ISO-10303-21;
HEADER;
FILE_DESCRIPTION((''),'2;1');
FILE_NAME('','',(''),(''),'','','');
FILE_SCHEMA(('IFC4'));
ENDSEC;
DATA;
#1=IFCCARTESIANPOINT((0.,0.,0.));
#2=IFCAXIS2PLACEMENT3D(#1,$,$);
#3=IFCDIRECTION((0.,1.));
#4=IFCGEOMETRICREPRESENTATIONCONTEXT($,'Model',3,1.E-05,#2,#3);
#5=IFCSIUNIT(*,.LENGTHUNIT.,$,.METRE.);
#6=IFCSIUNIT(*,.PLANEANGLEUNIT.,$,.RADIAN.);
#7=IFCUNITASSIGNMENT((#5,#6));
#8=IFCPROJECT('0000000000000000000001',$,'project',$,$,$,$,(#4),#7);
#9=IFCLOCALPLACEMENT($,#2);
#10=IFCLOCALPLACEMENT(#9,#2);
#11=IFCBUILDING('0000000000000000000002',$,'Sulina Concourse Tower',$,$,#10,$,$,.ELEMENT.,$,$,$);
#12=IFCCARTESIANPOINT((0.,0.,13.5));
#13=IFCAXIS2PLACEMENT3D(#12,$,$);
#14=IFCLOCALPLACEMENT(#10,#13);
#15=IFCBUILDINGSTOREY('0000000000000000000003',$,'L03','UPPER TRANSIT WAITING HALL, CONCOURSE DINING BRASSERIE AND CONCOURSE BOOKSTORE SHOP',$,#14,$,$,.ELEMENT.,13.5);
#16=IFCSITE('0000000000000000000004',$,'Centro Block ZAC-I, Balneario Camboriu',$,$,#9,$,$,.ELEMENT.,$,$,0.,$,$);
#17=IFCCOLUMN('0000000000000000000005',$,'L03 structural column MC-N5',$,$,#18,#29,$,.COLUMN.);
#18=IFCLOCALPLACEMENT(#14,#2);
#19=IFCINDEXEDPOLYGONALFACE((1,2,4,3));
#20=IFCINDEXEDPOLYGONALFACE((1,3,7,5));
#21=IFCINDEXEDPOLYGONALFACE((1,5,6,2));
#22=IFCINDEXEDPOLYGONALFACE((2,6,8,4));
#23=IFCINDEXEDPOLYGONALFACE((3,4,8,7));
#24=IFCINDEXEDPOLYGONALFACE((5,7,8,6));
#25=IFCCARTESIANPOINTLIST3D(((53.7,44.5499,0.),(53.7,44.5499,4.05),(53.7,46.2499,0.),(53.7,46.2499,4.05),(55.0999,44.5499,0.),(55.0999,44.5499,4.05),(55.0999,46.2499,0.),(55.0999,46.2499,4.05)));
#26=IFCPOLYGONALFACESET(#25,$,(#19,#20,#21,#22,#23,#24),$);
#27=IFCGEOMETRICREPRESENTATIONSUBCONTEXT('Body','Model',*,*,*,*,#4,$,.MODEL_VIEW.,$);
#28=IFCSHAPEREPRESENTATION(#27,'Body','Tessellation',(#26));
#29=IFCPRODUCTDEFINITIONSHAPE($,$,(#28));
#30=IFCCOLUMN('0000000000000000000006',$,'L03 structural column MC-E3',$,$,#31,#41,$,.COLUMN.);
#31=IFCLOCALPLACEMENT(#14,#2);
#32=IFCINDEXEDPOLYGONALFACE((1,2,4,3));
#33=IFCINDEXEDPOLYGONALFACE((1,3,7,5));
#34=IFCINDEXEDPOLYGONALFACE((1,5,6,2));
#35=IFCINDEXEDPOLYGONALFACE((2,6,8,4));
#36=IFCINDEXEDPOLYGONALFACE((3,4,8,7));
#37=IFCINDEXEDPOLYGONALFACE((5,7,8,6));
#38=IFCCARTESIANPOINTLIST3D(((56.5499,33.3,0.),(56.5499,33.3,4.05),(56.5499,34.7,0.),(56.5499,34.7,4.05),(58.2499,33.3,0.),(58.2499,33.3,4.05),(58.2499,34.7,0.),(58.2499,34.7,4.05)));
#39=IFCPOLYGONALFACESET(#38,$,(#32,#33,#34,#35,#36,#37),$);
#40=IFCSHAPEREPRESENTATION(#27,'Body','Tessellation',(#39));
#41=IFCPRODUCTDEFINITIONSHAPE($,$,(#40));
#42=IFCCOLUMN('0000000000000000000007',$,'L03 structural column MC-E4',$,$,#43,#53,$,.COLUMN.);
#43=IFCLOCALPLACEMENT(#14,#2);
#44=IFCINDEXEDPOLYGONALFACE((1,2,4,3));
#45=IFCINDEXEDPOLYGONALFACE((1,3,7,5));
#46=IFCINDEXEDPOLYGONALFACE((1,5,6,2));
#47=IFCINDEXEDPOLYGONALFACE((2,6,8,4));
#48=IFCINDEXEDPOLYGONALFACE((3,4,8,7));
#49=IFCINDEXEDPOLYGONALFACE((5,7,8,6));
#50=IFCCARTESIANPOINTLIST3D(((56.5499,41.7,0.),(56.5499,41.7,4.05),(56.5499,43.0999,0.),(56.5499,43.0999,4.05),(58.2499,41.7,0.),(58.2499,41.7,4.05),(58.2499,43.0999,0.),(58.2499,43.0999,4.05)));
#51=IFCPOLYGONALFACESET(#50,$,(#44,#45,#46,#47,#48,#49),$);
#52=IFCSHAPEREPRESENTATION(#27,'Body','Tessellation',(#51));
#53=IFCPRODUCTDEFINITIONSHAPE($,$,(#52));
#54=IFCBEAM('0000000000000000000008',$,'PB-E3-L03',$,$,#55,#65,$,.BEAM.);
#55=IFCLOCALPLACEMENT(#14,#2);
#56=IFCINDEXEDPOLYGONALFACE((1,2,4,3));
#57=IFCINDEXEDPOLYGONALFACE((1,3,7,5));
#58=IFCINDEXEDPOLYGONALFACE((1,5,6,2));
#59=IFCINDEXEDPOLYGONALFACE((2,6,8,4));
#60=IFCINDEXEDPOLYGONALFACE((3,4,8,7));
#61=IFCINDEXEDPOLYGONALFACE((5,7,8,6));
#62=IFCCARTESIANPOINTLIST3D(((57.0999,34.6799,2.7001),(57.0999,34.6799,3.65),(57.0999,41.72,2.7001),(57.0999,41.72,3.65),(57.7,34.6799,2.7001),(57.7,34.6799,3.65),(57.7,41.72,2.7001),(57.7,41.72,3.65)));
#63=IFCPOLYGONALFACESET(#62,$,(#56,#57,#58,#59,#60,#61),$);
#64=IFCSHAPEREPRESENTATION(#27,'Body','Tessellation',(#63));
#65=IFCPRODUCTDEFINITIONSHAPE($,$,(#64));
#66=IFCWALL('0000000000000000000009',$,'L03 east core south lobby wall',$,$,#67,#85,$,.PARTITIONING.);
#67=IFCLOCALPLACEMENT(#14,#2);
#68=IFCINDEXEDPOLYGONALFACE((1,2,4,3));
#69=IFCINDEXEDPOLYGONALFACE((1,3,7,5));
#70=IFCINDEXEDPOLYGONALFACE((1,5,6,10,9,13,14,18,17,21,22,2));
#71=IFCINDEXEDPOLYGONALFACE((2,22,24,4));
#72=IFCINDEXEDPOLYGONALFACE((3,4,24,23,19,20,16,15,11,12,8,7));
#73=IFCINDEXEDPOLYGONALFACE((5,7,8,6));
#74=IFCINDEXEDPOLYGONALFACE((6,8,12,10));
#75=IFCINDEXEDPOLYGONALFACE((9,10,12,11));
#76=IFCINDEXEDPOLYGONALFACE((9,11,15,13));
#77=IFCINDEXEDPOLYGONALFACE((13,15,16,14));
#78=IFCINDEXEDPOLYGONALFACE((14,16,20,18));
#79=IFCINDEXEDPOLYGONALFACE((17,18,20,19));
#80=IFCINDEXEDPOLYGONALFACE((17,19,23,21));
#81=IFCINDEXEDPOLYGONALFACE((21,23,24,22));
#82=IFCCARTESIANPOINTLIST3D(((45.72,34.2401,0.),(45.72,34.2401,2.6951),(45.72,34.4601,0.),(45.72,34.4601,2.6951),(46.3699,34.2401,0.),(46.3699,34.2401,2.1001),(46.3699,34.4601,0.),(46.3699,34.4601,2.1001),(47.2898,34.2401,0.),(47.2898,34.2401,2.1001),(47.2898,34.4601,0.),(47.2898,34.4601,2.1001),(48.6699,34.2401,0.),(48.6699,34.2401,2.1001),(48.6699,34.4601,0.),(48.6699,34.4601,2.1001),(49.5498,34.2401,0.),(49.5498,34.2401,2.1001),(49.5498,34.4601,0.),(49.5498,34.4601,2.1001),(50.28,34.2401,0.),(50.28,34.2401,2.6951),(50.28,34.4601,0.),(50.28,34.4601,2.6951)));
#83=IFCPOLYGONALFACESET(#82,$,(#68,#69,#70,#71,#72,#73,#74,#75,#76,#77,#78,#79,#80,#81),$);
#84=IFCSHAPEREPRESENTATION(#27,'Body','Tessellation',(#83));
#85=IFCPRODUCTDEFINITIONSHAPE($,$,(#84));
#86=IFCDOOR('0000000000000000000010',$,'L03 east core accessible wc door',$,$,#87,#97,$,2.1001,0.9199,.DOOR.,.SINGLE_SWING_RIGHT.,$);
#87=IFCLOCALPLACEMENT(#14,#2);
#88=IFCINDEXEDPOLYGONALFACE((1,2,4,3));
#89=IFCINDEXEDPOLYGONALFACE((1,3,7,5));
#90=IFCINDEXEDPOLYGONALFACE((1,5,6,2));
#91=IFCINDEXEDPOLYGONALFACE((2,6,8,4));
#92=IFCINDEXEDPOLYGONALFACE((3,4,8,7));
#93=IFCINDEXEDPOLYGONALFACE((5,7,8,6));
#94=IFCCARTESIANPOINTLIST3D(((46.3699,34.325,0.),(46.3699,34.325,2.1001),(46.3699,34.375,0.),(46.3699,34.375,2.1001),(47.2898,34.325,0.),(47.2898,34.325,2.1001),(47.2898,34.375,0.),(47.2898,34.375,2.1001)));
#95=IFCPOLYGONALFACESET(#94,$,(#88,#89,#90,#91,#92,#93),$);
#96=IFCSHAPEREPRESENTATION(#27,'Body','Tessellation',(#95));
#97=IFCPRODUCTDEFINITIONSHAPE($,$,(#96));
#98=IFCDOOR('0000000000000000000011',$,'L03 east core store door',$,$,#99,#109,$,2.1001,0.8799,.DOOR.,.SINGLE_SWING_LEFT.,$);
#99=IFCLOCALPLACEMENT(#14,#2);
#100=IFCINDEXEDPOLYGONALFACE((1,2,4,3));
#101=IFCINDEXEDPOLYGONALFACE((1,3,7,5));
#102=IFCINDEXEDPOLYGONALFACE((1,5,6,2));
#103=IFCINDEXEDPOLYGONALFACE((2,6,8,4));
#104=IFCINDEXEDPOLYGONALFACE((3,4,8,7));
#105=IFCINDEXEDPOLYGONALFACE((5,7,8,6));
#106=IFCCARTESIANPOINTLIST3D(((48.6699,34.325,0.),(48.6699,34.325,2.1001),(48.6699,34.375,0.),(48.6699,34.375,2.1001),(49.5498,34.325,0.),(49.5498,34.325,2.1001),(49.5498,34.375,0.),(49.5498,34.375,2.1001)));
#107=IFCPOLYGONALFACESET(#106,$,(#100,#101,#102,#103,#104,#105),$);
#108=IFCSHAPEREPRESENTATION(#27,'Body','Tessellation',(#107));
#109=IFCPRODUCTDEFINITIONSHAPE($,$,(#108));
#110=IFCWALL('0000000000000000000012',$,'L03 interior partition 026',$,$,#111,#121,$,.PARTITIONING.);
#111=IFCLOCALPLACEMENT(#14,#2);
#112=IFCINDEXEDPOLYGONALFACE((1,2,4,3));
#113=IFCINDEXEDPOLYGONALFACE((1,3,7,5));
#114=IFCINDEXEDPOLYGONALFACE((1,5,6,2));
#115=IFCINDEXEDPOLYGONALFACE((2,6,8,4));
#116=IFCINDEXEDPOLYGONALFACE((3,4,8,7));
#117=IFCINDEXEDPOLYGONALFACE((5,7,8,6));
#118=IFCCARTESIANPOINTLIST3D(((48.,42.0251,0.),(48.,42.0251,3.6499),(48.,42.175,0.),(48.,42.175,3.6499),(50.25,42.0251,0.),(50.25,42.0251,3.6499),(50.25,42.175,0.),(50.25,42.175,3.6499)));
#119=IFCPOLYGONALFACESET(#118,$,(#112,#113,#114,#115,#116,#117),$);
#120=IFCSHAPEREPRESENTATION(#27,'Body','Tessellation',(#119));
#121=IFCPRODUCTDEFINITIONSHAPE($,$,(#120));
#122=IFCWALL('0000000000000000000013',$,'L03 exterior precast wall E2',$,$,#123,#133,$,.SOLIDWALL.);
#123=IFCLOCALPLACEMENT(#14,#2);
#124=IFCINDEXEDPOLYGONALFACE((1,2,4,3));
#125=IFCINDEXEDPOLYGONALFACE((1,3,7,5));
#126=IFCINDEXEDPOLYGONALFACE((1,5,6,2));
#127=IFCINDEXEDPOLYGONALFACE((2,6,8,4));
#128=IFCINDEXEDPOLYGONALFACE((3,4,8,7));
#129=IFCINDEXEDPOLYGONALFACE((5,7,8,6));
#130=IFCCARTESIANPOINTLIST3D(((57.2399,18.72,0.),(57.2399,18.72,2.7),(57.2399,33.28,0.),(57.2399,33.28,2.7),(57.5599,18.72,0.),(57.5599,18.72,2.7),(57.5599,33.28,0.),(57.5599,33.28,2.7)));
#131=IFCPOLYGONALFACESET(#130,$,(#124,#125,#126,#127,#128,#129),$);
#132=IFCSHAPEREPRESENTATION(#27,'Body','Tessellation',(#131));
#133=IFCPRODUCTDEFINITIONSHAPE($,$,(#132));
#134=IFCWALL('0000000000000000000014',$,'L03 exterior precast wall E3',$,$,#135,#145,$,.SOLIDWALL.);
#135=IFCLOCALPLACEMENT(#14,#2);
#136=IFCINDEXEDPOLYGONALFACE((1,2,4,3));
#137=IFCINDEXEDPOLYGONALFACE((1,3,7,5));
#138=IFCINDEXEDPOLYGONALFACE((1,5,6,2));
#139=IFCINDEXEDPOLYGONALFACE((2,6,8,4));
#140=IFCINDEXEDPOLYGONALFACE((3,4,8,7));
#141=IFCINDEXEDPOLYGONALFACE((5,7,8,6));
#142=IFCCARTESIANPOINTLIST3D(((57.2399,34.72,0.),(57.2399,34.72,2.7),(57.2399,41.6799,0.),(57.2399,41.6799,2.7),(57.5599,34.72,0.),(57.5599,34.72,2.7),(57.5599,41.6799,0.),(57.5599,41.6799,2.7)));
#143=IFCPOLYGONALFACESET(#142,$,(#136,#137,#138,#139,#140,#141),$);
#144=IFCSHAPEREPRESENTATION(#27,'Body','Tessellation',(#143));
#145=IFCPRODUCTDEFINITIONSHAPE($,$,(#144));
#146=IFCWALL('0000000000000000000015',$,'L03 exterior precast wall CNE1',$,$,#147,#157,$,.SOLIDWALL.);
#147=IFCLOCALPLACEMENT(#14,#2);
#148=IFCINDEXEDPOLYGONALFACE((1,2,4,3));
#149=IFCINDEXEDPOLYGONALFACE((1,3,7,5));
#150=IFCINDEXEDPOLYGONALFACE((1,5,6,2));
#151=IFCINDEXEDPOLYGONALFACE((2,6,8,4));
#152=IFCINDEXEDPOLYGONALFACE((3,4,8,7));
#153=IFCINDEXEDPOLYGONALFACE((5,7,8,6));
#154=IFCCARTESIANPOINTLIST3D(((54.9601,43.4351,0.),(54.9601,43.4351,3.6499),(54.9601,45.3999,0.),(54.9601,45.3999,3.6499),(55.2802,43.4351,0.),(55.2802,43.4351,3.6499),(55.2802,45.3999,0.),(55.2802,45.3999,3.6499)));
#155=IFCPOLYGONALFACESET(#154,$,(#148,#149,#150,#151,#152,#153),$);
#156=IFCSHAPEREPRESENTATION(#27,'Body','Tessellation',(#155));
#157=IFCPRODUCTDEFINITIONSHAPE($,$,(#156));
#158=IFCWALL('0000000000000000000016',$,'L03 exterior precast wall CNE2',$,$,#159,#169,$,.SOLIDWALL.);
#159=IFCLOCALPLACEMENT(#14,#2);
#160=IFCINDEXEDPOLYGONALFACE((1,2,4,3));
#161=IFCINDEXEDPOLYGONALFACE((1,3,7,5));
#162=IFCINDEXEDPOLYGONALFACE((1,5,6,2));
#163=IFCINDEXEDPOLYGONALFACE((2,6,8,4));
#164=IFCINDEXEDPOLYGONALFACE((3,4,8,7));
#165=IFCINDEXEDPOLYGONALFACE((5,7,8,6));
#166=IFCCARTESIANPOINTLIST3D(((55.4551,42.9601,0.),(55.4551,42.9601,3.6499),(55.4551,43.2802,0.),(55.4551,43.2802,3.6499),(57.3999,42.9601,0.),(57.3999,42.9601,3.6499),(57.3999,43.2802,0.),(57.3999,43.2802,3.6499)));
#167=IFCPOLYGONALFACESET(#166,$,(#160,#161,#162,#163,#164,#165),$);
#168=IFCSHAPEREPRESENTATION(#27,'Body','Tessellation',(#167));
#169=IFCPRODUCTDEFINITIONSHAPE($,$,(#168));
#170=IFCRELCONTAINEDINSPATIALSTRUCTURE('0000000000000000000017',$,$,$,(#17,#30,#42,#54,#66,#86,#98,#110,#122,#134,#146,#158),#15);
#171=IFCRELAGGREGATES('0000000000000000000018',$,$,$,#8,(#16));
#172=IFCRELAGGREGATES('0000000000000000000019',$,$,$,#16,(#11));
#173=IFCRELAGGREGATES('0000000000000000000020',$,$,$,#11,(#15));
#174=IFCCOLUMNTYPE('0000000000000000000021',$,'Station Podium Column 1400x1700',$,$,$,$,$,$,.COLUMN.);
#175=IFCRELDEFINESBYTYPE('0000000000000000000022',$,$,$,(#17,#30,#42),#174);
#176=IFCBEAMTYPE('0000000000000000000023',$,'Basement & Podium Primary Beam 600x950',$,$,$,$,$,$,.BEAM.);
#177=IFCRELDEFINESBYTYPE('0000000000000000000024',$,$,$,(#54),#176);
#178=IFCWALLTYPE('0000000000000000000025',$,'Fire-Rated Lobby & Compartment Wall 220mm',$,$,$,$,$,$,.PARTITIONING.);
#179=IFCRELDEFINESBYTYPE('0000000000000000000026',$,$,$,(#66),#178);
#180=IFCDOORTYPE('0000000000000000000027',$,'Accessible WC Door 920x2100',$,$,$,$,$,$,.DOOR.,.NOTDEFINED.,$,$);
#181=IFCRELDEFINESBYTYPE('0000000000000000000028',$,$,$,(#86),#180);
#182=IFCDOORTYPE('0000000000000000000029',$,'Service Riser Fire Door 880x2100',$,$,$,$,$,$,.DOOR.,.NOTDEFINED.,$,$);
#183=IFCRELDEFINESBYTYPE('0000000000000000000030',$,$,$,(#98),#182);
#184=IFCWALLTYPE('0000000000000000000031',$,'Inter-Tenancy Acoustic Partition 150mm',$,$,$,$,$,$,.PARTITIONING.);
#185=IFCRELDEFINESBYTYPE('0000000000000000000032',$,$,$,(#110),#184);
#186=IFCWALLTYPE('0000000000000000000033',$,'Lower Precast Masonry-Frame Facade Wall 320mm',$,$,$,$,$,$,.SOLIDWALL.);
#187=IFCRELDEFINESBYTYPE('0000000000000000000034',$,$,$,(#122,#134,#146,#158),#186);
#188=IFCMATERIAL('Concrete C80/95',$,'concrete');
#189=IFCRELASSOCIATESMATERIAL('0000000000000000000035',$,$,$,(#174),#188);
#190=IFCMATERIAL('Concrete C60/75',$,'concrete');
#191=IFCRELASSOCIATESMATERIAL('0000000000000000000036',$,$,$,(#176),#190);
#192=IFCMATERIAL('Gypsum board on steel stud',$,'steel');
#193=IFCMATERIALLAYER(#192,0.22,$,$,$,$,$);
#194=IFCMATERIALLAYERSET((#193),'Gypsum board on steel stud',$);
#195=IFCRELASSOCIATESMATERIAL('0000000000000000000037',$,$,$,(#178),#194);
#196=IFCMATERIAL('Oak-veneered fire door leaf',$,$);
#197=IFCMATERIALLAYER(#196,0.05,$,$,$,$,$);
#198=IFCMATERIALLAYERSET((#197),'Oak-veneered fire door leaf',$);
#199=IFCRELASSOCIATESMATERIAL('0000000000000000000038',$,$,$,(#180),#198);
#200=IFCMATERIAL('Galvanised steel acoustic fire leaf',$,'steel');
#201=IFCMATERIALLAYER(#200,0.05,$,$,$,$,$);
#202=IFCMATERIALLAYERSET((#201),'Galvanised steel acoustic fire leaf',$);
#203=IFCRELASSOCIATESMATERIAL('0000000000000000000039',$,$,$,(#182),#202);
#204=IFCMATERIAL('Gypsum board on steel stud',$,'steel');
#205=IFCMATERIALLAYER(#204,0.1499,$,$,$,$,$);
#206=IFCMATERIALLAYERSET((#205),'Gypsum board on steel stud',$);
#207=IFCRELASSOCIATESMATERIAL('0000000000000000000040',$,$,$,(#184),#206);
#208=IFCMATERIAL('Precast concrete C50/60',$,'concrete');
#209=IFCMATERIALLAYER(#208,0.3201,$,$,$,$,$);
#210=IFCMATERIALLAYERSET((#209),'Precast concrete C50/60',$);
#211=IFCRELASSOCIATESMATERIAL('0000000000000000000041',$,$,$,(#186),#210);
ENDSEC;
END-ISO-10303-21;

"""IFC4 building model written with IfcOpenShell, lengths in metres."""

from ifc_helpers import new_model, si_unit, direction, frame, frame_2d, origin, origin_2d, place, context, subcontext, project, spatial, rectangle, extrude, material, layer, layer_set, material_profile, profile_set, type_object, element, fill, save


model = new_model("IFC4")

# Units and contexts
model_context = context("Model", 3, precision=1e-05, world=origin(), true_north=direction((0.0, 1.0)))
body_context = subcontext(model_context, "Body", "Model", "MODEL_VIEW")
ifc_project = project(units=[si_unit("LENGTHUNIT", "METRE"), si_unit("PLANEANGLEUNIT", "RADIAN")], contexts=[model_context])

# Site, building, storey
site_placement = place(None, origin())
site = spatial("IfcSite", under=ifc_project, at=site_placement, Name="Centro Block ZAC-I, Balneario Camboriu", CompositionType="ELEMENT", RefElevation=0.0)
building_placement = place(site_placement, origin())
building = spatial("IfcBuilding", under=site, at=building_placement, Name="Sulina Concourse Tower", CompositionType="ELEMENT")
storey_placement = place(building_placement, frame((0.0, 0.0, 13.5)))
storey = spatial("IfcBuildingStorey", under=building, at=storey_placement, Name="L03", Description="UPPER TRANSIT WAITING HALL, CONCOURSE DINING BRASSERIE AND CONCOURSE BOOKSTORE SHOP", CompositionType="ELEMENT", Elevation=13.5)

# Columns
ifc_material_1 = material(Name="Concrete C80/95", Category="concrete")
ifc_material_profile_1 = material_profile(ifc_material_1, rectangle(XDim=1.3999, YDim=1.7, at=origin_2d()), Name="RC 1400x1700")
ifc_profile_set_1 = profile_set([ifc_material_profile_1], Name="Concrete C80/95")
column_type = type_object("IfcColumnType", Name="Station Podium Column 1400x1700", PredefinedType="COLUMN", material=ifc_profile_set_1)
for number, where, z_axis, x_axis, name in (
    (1, (54.3999, 45.3999, 0.0), (0.0, 0.0, 1.0), (1.0, 0.0, 0.0), "L03 structural column MC-N5"),
    (2, (57.3999, 34.0, 0.0), (0.0, 0.0, 1.0), (0.0, 1.0, 0.0), "L03 structural column MC-E3"),
    (3, (57.3999, 42.3999, 0.0), (0.0, 0.0, 1.0), (0.0, 1.0, 0.0), "L03 structural column MC-E4"),
):
    element("IfcColumn", number, at=place(storey_placement, frame(where, z_axis=z_axis, x_axis=x_axis)), inside=storey, type_object=column_type, Name=name, PredefinedType="COLUMN", context=body_context, shape_type="SweptSolid", body=[
        extrude(rectangle(XDim=1.3999, YDim=1.7, at=origin_2d()), origin(), (0.0, 0.0, 1.0), 4.05),
    ])

# Beam
ifc_material_2 = material(Name="Concrete C60/75", Category="concrete")
ifc_material_profile_2 = material_profile(ifc_material_2, rectangle(XDim=0.6001, YDim=0.95, at=origin_2d()), Name="RC 600x950")
ifc_profile_set_2 = profile_set([ifc_material_profile_2], Name="Concrete C60/75")
beam_type = type_object("IfcBeamType", Name="Basement & Podium Primary Beam 600x950", PredefinedType="BEAM", material=ifc_profile_set_2)
beam_placement = place(storey_placement, frame((57.3999, 34.6799, 3.175), z_axis=(0.0, 1.0, 0.0), x_axis=(-1.0, 0.0, 0.0)))
element("IfcBeam", 4, at=beam_placement, inside=storey, type_object=beam_type, Name="PB-E3-L03", PredefinedType="BEAM", context=body_context, shape_type="SweptSolid", body=[
    extrude(rectangle(XDim=0.6001, YDim=0.95, at=origin_2d()), origin(), (0.0, 0.0, 1.0), 7.04),
])

# Wall, openings, doors
ifc_material_3 = material(Name="Gypsum board on steel stud", Category="steel")
ifc_layer_1 = layer(ifc_material_3, 0.22)
ifc_layer_set_1 = layer_set([ifc_layer_1], Name="Gypsum board on steel stud")
wall_type_1 = type_object("IfcWallType", Name="Fire-Rated Lobby & Compartment Wall 220mm", PredefinedType="PARTITIONING", material=ifc_layer_set_1)
wall_1_placement = place(storey_placement, frame((45.72, 34.3501, 0.0), z_axis=(0.0, 0.0, 1.0), x_axis=(1.0, 0.0, 0.0)))
wall_1 = element("IfcWall", 5, at=wall_1_placement, inside=storey, type_object=wall_type_1, Name="L03 east core south lobby wall", PredefinedType="PARTITIONING", context=body_context, shape_type="SweptSolid", body=[
    extrude(rectangle(XDim=4.5601, YDim=0.22, at=frame_2d((2.28, 0.0))), origin(), (0.0, 0.0, 1.0), 2.6951),
])
opening_1_placement = place(wall_1_placement, frame((0.6499, 0.0, 0.0)))
opening_1 = element("IfcOpeningElement", 6, at=opening_1_placement, cuts=wall_1, PredefinedType="OPENING", context=body_context, shape_type="SweptSolid", body=[
    extrude(rectangle(XDim=0.9199, YDim=2.1001, at=frame_2d((0.46, 1.05))), frame((0.0, 0.1199, 0.0), z_axis=(0.0, -1.0, 0.0), x_axis=(1.0, 0.0, 0.0)), (0.0, 0.0, 1.0), 0.24),
])
opening_2_placement = place(wall_1_placement, frame((2.95, 0.0, 0.0)))
opening_2 = element("IfcOpeningElement", 7, at=opening_2_placement, cuts=wall_1, PredefinedType="OPENING", context=body_context, shape_type="SweptSolid", body=[
    extrude(rectangle(XDim=0.8799, YDim=2.1001, at=frame_2d((0.4399, 1.05))), frame((0.0, 0.1199, 0.0), z_axis=(0.0, -1.0, 0.0), x_axis=(1.0, 0.0, 0.0)), (0.0, 0.0, 1.0), 0.24),
])
ifc_material_4 = material(Name="Oak-veneered fire door leaf")
ifc_layer_2 = layer(ifc_material_4, 0.05)
ifc_layer_set_2 = layer_set([ifc_layer_2], Name="Oak-veneered fire door leaf")
door_type_1 = type_object("IfcDoorType", Name="Accessible WC Door 920x2100", OperationType="NOTDEFINED", PredefinedType="DOOR", material=ifc_layer_set_2)
door_1_placement = place(opening_1_placement, origin())
door_1 = element("IfcDoor", 8, at=door_1_placement, inside=storey, type_object=door_type_1, Name="L03 east core accessible wc door", OperationType="SINGLE_SWING_RIGHT", OverallHeight=2.1001, OverallWidth=0.9199, PredefinedType="DOOR", context=body_context, shape_type="SweptSolid", body=[
    extrude(rectangle(XDim=0.9199, YDim=2.1001, at=frame_2d((0.46, 1.05))), frame((0.0, 0.0249, 0.0), z_axis=(0.0, -1.0, 0.0), x_axis=(1.0, 0.0, 0.0)), (0.0, 0.0, 1.0), 0.05),
])
fill(opening_1, door_1)
ifc_material_5 = material(Name="Galvanised steel acoustic fire leaf", Category="steel")
ifc_layer_3 = layer(ifc_material_5, 0.05)
ifc_layer_set_3 = layer_set([ifc_layer_3], Name="Galvanised steel acoustic fire leaf")
door_type_2 = type_object("IfcDoorType", Name="Service Riser Fire Door 880x2100", OperationType="NOTDEFINED", PredefinedType="DOOR", material=ifc_layer_set_3)
door_2_placement = place(opening_2_placement, origin())
door_2 = element("IfcDoor", 9, at=door_2_placement, inside=storey, type_object=door_type_2, Name="L03 east core store door", OperationType="SINGLE_SWING_LEFT", OverallHeight=2.1001, OverallWidth=0.8799, PredefinedType="DOOR", context=body_context, shape_type="SweptSolid", body=[
    extrude(rectangle(XDim=0.8799, YDim=2.1001, at=frame_2d((0.4399, 1.05))), frame((0.0, 0.0249, 0.0), z_axis=(0.0, -1.0, 0.0), x_axis=(1.0, 0.0, 0.0)), (0.0, 0.0, 1.0), 0.05),
])
fill(opening_2, door_2)

# Walls
ifc_material_6 = material(Name="Gypsum board on steel stud", Category="steel")
ifc_layer_4 = layer(ifc_material_6, 0.1499)
ifc_layer_set_4 = layer_set([ifc_layer_4], Name="Gypsum board on steel stud")
wall_type_2 = type_object("IfcWallType", Name="Inter-Tenancy Acoustic Partition 150mm", PredefinedType="PARTITIONING", material=ifc_layer_set_4)
wall_2_placement = place(storey_placement, frame((48.0, 42.1001, 0.0), z_axis=(0.0, 0.0, 1.0), x_axis=(1.0, 0.0, 0.0)))
element("IfcWall", 10, at=wall_2_placement, inside=storey, type_object=wall_type_2, Name="L03 interior partition 026", PredefinedType="PARTITIONING", context=body_context, shape_type="SweptSolid", body=[
    extrude(rectangle(XDim=2.25, YDim=0.1499, at=frame_2d((1.125, 0.0))), origin(), (0.0, 0.0, 1.0), 3.6499),
])
ifc_material_7 = material(Name="Precast concrete C50/60", Category="concrete")
ifc_layer_5 = layer(ifc_material_7, 0.3201)
ifc_layer_set_5 = layer_set([ifc_layer_5], Name="Precast concrete C50/60")
wall_type_3 = type_object("IfcWallType", Name="Lower Precast Masonry-Frame Facade Wall 320mm", PredefinedType="SOLIDWALL", material=ifc_layer_set_5)
wall_3_placement = place(storey_placement, frame((57.3999, 33.28, 0.0), z_axis=(0.0, 0.0, 1.0), x_axis=(0.0, -1.0, 0.0)))
element("IfcWall", 11, at=wall_3_placement, inside=storey, type_object=wall_type_3, Name="L03 exterior precast wall E2", PredefinedType="SOLIDWALL", context=body_context, shape_type="SweptSolid", body=[
    extrude(rectangle(XDim=14.5601, YDim=0.3201, at=frame_2d((7.28, 0.0))), origin(), (0.0, 0.0, 1.0), 2.7),
])
wall_4_placement = place(storey_placement, frame((57.3999, 41.6799, 0.0), z_axis=(0.0, 0.0, 1.0), x_axis=(0.0, -1.0, 0.0)))
element("IfcWall", 12, at=wall_4_placement, inside=storey, type_object=wall_type_3, Name="L03 exterior precast wall E3", PredefinedType="SOLIDWALL", context=body_context, shape_type="SweptSolid", body=[
    extrude(rectangle(XDim=6.96, YDim=0.3201, at=frame_2d((3.48, 0.0))), origin(), (0.0, 0.0, 1.0), 2.7),
])
wall_5_placement = place(storey_placement, frame((55.1201, 45.3999, 0.0), z_axis=(0.0, 0.0, 1.0), x_axis=(0.0, -1.0, 0.0)))
element("IfcWall", 13, at=wall_5_placement, inside=storey, type_object=wall_type_3, Name="L03 exterior precast wall CNE1", PredefinedType="SOLIDWALL", context=body_context, shape_type="SweptSolid", body=[
    extrude(rectangle(XDim=1.9648, YDim=0.3201, at=frame_2d((0.9824, 0.0))), origin(), (0.0, 0.0, 1.0), 3.6499),
])
wall_6_placement = place(storey_placement, frame((55.4551, 43.1201, 0.0), z_axis=(0.0, 0.0, 1.0), x_axis=(1.0, 0.0, 0.0)))
element("IfcWall", 14, at=wall_6_placement, inside=storey, type_object=wall_type_3, Name="L03 exterior precast wall CNE2", PredefinedType="SOLIDWALL", context=body_context, shape_type="SweptSolid", body=[
    extrude(rectangle(XDim=1.9448, YDim=0.3201, at=frame_2d((0.9724, 0.0))), origin(), (0.0, 0.0, 1.0), 3.6499),
])

save(model, "model.ifc")
